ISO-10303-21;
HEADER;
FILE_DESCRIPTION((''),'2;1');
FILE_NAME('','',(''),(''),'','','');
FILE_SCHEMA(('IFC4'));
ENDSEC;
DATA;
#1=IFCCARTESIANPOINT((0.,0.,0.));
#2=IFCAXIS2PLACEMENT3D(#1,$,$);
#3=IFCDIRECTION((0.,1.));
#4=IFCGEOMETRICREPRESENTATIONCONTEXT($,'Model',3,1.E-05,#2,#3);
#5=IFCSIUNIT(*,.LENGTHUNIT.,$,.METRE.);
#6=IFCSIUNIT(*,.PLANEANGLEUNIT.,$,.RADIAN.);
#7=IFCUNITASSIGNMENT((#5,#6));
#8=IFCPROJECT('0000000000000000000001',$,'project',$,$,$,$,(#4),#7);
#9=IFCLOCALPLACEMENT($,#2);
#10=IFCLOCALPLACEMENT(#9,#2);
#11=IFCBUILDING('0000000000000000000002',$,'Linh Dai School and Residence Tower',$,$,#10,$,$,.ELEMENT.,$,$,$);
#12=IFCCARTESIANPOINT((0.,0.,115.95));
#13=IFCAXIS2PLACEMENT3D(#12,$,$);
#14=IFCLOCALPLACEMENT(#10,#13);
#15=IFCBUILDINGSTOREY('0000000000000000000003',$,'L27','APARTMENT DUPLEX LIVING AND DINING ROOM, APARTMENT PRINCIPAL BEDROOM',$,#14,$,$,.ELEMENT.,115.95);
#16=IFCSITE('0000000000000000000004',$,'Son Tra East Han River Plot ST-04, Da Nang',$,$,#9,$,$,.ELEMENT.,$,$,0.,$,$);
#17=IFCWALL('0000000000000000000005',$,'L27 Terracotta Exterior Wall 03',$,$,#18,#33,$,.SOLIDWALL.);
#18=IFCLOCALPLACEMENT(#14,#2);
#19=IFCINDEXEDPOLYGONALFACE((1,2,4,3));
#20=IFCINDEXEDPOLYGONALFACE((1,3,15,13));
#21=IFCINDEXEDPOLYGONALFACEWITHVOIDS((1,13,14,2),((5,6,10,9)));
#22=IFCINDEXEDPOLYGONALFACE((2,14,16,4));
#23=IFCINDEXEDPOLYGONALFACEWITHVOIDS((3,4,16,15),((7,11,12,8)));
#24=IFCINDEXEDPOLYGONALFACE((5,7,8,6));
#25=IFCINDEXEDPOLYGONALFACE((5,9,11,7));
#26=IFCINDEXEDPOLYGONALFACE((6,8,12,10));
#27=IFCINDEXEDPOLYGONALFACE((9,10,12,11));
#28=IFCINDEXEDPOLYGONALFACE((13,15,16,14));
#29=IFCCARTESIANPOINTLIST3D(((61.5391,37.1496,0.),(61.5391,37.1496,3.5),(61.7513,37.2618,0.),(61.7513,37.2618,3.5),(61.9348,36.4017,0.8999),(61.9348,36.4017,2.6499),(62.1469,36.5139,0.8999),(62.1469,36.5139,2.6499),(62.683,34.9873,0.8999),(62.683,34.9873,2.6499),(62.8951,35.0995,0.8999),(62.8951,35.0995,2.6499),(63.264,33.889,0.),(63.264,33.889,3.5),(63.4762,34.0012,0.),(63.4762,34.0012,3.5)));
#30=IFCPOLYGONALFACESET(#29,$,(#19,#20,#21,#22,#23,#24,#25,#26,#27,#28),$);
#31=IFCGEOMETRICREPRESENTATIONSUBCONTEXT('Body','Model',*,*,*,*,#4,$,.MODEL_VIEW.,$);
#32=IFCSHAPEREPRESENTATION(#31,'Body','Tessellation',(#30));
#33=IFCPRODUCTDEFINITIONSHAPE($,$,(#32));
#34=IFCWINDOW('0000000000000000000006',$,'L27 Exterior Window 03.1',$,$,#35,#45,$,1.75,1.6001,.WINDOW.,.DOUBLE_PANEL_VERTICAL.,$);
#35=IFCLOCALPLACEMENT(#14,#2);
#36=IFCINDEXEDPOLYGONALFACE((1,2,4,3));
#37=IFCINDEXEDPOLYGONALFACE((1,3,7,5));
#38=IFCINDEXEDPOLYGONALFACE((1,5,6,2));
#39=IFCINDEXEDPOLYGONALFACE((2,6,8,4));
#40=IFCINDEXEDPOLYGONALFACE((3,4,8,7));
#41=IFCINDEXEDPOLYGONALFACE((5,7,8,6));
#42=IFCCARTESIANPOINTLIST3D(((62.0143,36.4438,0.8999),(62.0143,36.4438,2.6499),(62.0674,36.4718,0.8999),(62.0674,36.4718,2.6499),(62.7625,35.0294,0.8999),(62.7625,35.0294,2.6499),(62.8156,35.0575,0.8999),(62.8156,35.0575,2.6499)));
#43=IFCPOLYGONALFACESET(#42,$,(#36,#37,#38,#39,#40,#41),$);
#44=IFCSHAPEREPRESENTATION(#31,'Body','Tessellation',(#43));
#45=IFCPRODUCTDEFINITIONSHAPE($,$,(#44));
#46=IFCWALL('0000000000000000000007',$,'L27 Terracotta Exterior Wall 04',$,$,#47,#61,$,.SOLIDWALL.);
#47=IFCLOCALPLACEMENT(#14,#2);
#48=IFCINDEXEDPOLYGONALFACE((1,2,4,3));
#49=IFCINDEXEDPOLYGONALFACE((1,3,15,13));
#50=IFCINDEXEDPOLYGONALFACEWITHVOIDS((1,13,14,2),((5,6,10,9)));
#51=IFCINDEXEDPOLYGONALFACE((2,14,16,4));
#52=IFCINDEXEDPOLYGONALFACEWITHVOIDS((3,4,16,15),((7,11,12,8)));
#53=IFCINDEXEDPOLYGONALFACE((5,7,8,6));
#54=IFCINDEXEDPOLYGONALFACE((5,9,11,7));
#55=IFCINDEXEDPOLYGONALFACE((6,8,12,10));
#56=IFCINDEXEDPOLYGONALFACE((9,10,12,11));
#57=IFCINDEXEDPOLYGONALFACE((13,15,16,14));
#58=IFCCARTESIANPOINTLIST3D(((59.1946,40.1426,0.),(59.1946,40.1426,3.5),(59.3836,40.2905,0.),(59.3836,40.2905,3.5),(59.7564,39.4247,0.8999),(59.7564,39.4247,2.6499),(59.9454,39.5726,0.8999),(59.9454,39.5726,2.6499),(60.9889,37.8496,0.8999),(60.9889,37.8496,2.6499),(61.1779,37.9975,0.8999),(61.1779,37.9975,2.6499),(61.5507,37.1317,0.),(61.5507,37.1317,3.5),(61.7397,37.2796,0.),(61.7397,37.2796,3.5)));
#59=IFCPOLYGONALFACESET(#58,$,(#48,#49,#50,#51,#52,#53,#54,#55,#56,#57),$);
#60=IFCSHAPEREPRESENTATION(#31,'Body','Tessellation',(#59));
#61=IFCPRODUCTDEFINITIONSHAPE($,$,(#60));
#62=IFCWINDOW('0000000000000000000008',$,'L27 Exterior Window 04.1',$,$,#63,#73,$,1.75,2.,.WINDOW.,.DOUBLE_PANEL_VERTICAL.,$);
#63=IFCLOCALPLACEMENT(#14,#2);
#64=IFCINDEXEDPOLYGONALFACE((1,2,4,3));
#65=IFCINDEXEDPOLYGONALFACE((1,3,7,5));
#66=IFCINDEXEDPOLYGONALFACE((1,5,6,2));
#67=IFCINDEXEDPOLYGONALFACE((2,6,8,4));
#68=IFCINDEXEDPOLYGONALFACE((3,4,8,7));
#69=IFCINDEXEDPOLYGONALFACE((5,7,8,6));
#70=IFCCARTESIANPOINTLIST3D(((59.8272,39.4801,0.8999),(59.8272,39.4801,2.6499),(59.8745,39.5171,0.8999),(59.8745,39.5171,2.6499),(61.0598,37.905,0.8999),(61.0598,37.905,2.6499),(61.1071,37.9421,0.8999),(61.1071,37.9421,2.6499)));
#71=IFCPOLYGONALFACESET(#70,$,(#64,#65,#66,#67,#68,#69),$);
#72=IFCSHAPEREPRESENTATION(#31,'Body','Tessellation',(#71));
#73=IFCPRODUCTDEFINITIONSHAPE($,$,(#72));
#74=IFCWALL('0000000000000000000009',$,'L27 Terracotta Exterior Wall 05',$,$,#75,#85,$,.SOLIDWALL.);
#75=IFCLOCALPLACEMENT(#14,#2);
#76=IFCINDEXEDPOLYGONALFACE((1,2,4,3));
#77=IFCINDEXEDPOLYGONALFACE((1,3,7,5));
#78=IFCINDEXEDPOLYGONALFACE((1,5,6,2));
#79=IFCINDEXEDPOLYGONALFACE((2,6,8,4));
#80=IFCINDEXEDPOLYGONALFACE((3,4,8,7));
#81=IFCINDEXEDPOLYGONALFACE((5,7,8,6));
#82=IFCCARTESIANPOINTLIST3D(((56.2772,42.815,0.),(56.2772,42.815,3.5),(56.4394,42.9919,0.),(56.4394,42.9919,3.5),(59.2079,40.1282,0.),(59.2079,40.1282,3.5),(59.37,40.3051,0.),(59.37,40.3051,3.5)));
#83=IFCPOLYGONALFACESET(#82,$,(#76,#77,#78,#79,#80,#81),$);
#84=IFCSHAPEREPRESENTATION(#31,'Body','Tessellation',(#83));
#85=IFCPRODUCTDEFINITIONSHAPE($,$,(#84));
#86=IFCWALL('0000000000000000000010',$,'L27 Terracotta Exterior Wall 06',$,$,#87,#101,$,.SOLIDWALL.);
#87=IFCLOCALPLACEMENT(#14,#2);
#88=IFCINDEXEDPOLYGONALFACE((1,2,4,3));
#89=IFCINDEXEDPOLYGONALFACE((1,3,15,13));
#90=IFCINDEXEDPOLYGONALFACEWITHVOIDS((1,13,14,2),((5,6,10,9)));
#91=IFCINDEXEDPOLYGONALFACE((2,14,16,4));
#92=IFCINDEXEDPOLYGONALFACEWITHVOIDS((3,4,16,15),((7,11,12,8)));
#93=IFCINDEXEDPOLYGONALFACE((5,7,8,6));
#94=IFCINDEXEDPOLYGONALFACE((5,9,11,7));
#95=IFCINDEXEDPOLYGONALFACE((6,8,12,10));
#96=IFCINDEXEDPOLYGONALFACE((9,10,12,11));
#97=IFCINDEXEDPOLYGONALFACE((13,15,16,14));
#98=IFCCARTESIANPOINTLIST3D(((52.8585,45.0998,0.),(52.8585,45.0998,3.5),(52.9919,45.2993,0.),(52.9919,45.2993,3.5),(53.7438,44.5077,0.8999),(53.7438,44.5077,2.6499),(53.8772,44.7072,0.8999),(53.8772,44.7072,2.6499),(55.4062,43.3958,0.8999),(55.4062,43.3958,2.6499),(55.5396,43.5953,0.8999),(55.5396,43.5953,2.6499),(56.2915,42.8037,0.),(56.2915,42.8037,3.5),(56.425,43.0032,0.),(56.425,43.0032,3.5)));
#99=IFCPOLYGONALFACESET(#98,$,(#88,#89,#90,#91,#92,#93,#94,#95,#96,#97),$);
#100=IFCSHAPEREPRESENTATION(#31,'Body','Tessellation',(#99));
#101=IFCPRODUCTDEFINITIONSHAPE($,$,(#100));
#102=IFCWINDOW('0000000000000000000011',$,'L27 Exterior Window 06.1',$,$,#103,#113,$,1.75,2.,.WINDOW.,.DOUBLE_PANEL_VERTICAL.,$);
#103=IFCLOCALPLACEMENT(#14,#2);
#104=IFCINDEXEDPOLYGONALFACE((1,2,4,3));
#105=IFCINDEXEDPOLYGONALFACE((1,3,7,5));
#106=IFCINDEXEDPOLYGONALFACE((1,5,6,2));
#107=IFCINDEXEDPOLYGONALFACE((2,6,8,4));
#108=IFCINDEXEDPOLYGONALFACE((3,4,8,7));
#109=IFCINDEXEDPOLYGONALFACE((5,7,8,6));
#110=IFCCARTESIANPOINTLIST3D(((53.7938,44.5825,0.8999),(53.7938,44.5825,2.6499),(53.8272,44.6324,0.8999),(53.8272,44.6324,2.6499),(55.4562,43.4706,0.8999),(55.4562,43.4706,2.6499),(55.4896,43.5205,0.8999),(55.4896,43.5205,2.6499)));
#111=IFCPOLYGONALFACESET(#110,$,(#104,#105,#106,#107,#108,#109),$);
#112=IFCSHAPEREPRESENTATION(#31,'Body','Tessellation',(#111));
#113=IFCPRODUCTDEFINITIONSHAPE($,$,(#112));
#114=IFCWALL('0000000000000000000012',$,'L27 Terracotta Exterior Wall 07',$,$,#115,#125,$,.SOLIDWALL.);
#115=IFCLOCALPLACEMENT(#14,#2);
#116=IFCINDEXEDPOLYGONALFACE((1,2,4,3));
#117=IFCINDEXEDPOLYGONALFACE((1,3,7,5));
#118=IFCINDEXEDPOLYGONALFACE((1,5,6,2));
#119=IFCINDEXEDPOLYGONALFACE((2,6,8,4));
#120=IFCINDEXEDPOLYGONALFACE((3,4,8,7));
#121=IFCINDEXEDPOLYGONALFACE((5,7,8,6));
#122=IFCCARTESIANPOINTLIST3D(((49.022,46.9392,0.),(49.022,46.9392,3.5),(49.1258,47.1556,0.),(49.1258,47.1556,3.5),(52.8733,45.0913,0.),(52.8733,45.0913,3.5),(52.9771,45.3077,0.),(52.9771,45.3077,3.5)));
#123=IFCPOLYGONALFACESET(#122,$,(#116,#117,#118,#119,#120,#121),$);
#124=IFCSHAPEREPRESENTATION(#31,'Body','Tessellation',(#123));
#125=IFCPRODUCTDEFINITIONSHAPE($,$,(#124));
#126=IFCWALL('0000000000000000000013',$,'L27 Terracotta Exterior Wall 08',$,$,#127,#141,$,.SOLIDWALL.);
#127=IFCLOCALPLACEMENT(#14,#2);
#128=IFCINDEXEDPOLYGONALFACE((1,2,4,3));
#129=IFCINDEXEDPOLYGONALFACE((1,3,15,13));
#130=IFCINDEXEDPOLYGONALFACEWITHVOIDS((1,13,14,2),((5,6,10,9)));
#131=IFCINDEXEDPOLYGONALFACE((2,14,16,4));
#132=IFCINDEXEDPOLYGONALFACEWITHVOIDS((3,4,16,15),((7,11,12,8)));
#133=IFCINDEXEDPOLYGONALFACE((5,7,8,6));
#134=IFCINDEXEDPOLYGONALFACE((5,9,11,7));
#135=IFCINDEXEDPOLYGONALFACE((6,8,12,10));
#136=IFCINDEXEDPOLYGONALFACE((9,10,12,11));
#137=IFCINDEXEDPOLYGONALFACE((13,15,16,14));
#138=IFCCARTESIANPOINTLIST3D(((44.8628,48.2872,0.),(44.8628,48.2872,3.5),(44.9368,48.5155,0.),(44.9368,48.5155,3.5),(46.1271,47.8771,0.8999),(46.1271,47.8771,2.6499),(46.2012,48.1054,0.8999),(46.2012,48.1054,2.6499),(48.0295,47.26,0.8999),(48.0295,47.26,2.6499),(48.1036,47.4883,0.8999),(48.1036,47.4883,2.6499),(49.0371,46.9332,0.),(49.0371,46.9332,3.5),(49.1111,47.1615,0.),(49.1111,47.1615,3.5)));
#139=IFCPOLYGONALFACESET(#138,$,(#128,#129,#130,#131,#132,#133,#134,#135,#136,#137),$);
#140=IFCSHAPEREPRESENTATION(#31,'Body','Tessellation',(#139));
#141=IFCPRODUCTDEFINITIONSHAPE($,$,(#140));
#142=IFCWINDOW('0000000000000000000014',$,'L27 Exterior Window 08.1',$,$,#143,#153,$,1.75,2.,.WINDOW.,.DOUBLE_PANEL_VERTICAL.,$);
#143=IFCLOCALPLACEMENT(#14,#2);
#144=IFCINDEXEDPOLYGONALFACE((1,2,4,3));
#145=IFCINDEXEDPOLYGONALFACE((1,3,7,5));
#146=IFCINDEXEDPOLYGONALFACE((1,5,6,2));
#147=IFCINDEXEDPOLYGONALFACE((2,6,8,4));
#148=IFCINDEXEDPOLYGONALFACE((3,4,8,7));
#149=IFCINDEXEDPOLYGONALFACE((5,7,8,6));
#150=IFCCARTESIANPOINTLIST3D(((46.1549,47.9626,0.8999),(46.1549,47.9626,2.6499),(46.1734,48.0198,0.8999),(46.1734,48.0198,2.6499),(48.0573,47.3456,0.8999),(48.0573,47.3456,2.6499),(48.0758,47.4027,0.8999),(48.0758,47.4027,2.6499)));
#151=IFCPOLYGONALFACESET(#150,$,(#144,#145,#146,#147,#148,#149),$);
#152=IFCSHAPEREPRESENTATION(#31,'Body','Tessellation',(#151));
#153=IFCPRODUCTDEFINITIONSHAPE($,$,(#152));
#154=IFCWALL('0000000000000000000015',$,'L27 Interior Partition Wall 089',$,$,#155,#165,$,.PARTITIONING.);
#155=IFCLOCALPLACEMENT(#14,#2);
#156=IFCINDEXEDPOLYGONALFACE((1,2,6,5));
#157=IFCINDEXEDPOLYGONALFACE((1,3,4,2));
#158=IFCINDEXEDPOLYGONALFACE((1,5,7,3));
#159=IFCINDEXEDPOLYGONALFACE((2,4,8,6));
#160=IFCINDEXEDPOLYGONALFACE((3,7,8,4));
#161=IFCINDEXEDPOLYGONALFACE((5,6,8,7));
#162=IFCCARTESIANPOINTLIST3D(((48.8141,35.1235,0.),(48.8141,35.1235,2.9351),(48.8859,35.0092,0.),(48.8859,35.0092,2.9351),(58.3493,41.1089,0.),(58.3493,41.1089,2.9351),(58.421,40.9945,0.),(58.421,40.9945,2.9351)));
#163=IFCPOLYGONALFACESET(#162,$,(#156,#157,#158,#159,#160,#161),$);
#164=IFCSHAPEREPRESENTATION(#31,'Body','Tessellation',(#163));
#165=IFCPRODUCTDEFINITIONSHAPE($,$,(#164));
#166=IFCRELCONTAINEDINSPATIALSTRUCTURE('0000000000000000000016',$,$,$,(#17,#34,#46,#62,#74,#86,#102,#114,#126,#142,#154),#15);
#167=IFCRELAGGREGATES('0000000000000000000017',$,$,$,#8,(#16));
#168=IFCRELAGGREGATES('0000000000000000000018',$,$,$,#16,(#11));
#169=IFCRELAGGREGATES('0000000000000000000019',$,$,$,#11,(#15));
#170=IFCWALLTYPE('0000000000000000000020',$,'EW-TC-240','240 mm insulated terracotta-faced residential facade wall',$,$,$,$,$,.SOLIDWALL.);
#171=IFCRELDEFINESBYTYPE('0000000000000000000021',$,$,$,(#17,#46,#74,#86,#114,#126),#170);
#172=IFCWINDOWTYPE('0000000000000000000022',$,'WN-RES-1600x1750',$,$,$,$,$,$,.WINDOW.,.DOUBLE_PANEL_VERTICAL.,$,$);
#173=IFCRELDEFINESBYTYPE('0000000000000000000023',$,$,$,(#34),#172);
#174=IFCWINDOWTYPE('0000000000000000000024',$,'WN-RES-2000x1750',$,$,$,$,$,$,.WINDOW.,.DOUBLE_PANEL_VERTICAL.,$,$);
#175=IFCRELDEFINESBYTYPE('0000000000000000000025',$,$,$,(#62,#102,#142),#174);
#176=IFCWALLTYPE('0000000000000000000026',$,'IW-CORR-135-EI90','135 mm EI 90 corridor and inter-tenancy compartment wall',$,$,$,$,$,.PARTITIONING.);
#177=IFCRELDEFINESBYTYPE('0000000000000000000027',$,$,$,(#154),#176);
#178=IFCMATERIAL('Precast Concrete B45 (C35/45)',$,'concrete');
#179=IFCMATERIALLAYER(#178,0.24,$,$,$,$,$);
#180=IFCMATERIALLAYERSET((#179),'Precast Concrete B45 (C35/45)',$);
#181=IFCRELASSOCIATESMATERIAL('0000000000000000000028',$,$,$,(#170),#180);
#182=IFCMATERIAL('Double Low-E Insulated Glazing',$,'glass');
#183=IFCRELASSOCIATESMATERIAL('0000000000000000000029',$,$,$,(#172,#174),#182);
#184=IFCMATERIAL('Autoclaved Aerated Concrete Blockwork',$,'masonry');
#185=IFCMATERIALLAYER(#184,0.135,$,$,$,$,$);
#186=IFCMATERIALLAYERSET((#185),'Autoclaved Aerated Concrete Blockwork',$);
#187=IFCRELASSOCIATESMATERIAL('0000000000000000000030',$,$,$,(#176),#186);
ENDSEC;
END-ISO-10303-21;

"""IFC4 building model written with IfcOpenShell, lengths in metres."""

from ifc_helpers import new_model, si_unit, direction, frame, frame_2d, origin, origin_2d, place, context, subcontext, project, spatial, rectangle, extrude, source, transform, mapped, material, layer, layer_set, type_object, element, fill, save


model = new_model("IFC4")

# Units and contexts
model_context = context("Model", 3, precision=1e-05, world=origin(), true_north=direction((0.0, 1.0)))
body_context = subcontext(model_context, "Body", "Model", "MODEL_VIEW")
ifc_project = project(units=[si_unit("LENGTHUNIT", "METRE"), si_unit("PLANEANGLEUNIT", "RADIAN")], contexts=[model_context])

# Site, building, storey
site_placement = place(None, origin())
site = spatial("IfcSite", under=ifc_project, at=site_placement, Name="Son Tra East Han River Plot ST-04, Da Nang", CompositionType="ELEMENT", RefElevation=0.0)
building_placement = place(site_placement, origin())
building = spatial("IfcBuilding", under=site, at=building_placement, Name="Linh Dai School and Residence Tower", CompositionType="ELEMENT")
storey_placement = place(building_placement, frame((0.0, 0.0, 115.95)))
storey = spatial("IfcBuildingStorey", under=building, at=storey_placement, Name="L27", Description="APARTMENT DUPLEX LIVING AND DINING ROOM, APARTMENT PRINCIPAL BEDROOM", CompositionType="ELEMENT", Elevation=115.95)

# Shared definitions
ifc_material_1 = material(Name="Precast Concrete B45 (C35/45)", Category="concrete")

# Walls, openings, windows
ifc_layer_1 = layer(ifc_material_1, 0.24)
ifc_layer_set_1 = layer_set([ifc_layer_1], Name="Precast Concrete B45 (C35/45)")
wall_type_1 = type_object("IfcWallType", Name="EW-TC-240", Description="240 mm insulated terracotta-faced residential facade wall", PredefinedType="SOLIDWALL", material=ifc_layer_set_1)
wall_1_placement = place(storey_placement, frame((61.6453, 37.2056, 0.0), z_axis=(0.0, 0.0, 1.0), x_axis=(0.467614, -0.883933, 0.0)))
wall_1 = element("IfcWall", 1, at=wall_1_placement, inside=storey, type_object=wall_type_1, Name="L27 Terracotta Exterior Wall 03", PredefinedType="SOLIDWALL", context=body_context, shape_type="SweptSolid", body=[
    extrude(rectangle(XDim=3.6887, YDim=0.24, at=frame_2d((1.8442, 0.0))), origin(), (0.0, 0.0, 1.0), 3.5),
])
opening_1_placement = place(wall_1_placement, frame((0.8459, 0.0, 0.8999)))
opening_1 = element("IfcOpeningElement", 2, at=opening_1_placement, cuts=wall_1, PredefinedType="OPENING", context=body_context, shape_type="SweptSolid", body=[
    extrude(rectangle(XDim=1.6001, YDim=1.75, at=origin_2d()), frame((0.8, 0.1299, 0.875), z_axis=(0.0, -1.0, 0.0), x_axis=(1.0, 0.0, 0.0)), (0.0, 0.0, 1.0), 0.26),
])
ifc_material_2 = material(Name="Double Low-E Insulated Glazing", Category="glass")
window_type_1 = type_object("IfcWindowType", Name="WN-RES-1600x1750", PartitioningType="DOUBLE_PANEL_VERTICAL", PredefinedType="WINDOW", material=ifc_material_2)
shared_shape_1 = source(origin(), body_context, "Body", "SweptSolid", [
    extrude(rectangle(XDim=1.6001, YDim=1.75, at=origin_2d()), frame((0.8, 0.03, 0.875), z_axis=(0.0, -1.0, 0.0), x_axis=(1.0, 0.0, 0.0)), (0.0, 0.0, 1.0), 0.0601),
])
window_1_placement = place(opening_1_placement, origin())
window_1 = element("IfcWindow", 3, at=window_1_placement, inside=storey, type_object=window_type_1, Name="L27 Exterior Window 03.1", OverallHeight=1.75, OverallWidth=1.6001, PartitioningType="DOUBLE_PANEL_VERTICAL", PredefinedType="WINDOW", context=body_context, shape_type="MappedRepresentation", body=[
    mapped(shared_shape_1, transform((0.0, 0.0, 0.0), x_axis=(1.0, 0.0, 0.0), y_axis=(0.0, 1.0, 0.0), z_axis=(0.0, 0.0, 1.0), scale=1.0)),
])
fill(opening_1, window_1)
wall_2_placement = place(storey_placement, frame((59.2891, 40.2166, 0.0), z_axis=(0.0, 0.0, 1.0), x_axis=(0.616272, -0.787533, 0.0)))
wall_2 = element("IfcWall", 4, at=wall_2_placement, inside=storey, type_object=wall_type_1, Name="L27 Terracotta Exterior Wall 04", PredefinedType="SOLIDWALL", context=body_context, shape_type="SweptSolid", body=[
    extrude(rectangle(XDim=3.8232, YDim=0.24, at=frame_2d((1.9116, 0.0))), origin(), (0.0, 0.0, 1.0), 3.5),
])
opening_2_placement = place(wall_2_placement, frame((0.9116, 0.0, 0.8999)))
opening_2 = element("IfcOpeningElement", 5, at=opening_2_placement, cuts=wall_2, PredefinedType="OPENING", context=body_context, shape_type="SweptSolid", body=[
    extrude(rectangle(XDim=2.0, YDim=1.75, at=origin_2d()), frame((1.0, 0.1299, 0.875), z_axis=(0.0, -1.0, 0.0), x_axis=(1.0, 0.0, 0.0)), (0.0, 0.0, 1.0), 0.26),
])
window_type_2 = type_object("IfcWindowType", Name="WN-RES-2000x1750", PartitioningType="DOUBLE_PANEL_VERTICAL", PredefinedType="WINDOW", material=ifc_material_2)
shared_shape_2 = source(origin(), body_context, "Body", "SweptSolid", [
    extrude(rectangle(XDim=2.0, YDim=1.75, at=origin_2d()), frame((1.0, 0.03, 0.875), z_axis=(0.0, -1.0, 0.0), x_axis=(1.0, 0.0, 0.0)), (0.0, 0.0, 1.0), 0.0601),
])
window_2_placement = place(opening_2_placement, origin())
window_2 = element("IfcWindow", 6, at=window_2_placement, inside=storey, type_object=window_type_2, Name="L27 Exterior Window 04.1", OverallHeight=1.75, OverallWidth=2.0, PartitioningType="DOUBLE_PANEL_VERTICAL", PredefinedType="WINDOW", context=body_context, shape_type="MappedRepresentation", body=[
    mapped(shared_shape_2, transform((0.0, 0.0, 0.0), x_axis=(1.0, 0.0, 0.0), y_axis=(0.0, 1.0, 0.0), z_axis=(0.0, 0.0, 1.0), scale=1.0)),
])
fill(opening_2, window_2)

# Wall
wall_3_placement = place(storey_placement, frame((56.3584, 42.9033, 0.0), z_axis=(0.0, 0.0, 1.0), x_axis=(0.737113, -0.675769, 0.0)))
element("IfcWall", 7, at=wall_3_placement, inside=storey, type_object=wall_type_1, Name="L27 Terracotta Exterior Wall 05", PredefinedType="SOLIDWALL", context=body_context, shape_type="SweptSolid", body=[
    extrude(rectangle(XDim=3.9758, YDim=0.24, at=frame_2d((1.9878, 0.0))), origin(), (0.0, 0.0, 1.0), 3.5),
])

# Wall, opening, window
wall_4_placement = place(storey_placement, frame((52.9253, 45.1995, 0.0), z_axis=(0.0, 0.0, 1.0), x_axis=(0.831222, -0.555941, 0.0)))
wall_4 = element("IfcWall", 8, at=wall_4_placement, inside=storey, type_object=wall_type_1, Name="L27 Terracotta Exterior Wall 06", PredefinedType="SOLIDWALL", context=body_context, shape_type="SweptSolid", body=[
    extrude(rectangle(XDim=4.1301, YDim=0.24, at=frame_2d((2.0649, 0.0))), origin(), (0.0, 0.0, 1.0), 3.5),
])
opening_3_placement = place(wall_4_placement, frame((1.0649, 0.0, 0.8999)))
opening_3 = element("IfcOpeningElement", 9, at=opening_3_placement, cuts=wall_4, PredefinedType="OPENING", context=body_context, shape_type="SweptSolid", body=[
    extrude(rectangle(XDim=2.0, YDim=1.75, at=origin_2d()), frame((1.0, 0.1299, 0.875), z_axis=(0.0, -1.0, 0.0), x_axis=(1.0, 0.0, 0.0)), (0.0, 0.0, 1.0), 0.26),
])
window_3_placement = place(opening_3_placement, origin())
window_3 = element("IfcWindow", 10, at=window_3_placement, inside=storey, type_object=window_type_2, Name="L27 Exterior Window 06.1", OverallHeight=1.75, OverallWidth=2.0, PartitioningType="DOUBLE_PANEL_VERTICAL", PredefinedType="WINDOW", context=body_context, shape_type="MappedRepresentation", body=[
    mapped(shared_shape_2, transform((0.0, 0.0, 0.0), x_axis=(1.0, 0.0, 0.0), y_axis=(0.0, 1.0, 0.0), z_axis=(0.0, 0.0, 1.0), scale=1.0)),
])
fill(opening_3, window_3)

# Wall
wall_5_placement = place(storey_placement, frame((49.074, 47.0474, 0.0), z_axis=(0.0, 0.0, 1.0), x_axis=(0.90159, -0.432592, 0.0)))
element("IfcWall", 11, at=wall_5_placement, inside=storey, type_object=wall_type_1, Name="L27 Terracotta Exterior Wall 07", PredefinedType="SOLIDWALL", context=body_context, shape_type="SweptSolid", body=[
    extrude(rectangle(XDim=4.2717, YDim=0.24, at=frame_2d((2.1357, 0.0))), origin(), (0.0, 0.0, 1.0), 3.5),
])

# Wall, opening, window
wall_6_placement = place(storey_placement, frame((44.8997, 48.4014, 0.0), z_axis=(0.0, 0.0, 1.0), x_axis=(0.951211, -0.30854, 0.0)))
wall_6 = element("IfcWall", 12, at=wall_6_placement, inside=storey, type_object=wall_type_1, Name="L27 Terracotta Exterior Wall 08", PredefinedType="SOLIDWALL", context=body_context, shape_type="SweptSolid", body=[
    extrude(rectangle(XDim=4.3884, YDim=0.24, at=frame_2d((2.1943, 0.0))), origin(), (0.0, 0.0, 1.0), 3.5),
])
opening_4_placement = place(wall_6_placement, frame((1.3293, 0.0, 0.8999)))
opening_4 = element("IfcOpeningElement", 13, at=opening_4_placement, cuts=wall_6, PredefinedType="OPENING", context=body_context, shape_type="SweptSolid", body=[
    extrude(rectangle(XDim=2.0, YDim=1.75, at=origin_2d()), frame((1.0, 0.1299, 0.875), z_axis=(0.0, -1.0, 0.0), x_axis=(1.0, 0.0, 0.0)), (0.0, 0.0, 1.0), 0.26),
])
window_4_placement = place(opening_4_placement, origin())
window_4 = element("IfcWindow", 14, at=window_4_placement, inside=storey, type_object=window_type_2, Name="L27 Exterior Window 08.1", OverallHeight=1.75, OverallWidth=2.0, PartitioningType="DOUBLE_PANEL_VERTICAL", PredefinedType="WINDOW", context=body_context, shape_type="MappedRepresentation", body=[
    mapped(shared_shape_2, transform((0.0, 0.0, 0.0), x_axis=(1.0, 0.0, 0.0), y_axis=(0.0, 1.0, 0.0), z_axis=(0.0, 0.0, 1.0), scale=1.0)),
])
fill(opening_4, window_4)

# Wall
ifc_material_3 = material(Name="Autoclaved Aerated Concrete Blockwork", Category="masonry")
ifc_layer_2 = layer(ifc_material_3, 0.135)
ifc_layer_set_2 = layer_set([ifc_layer_2], Name="Autoclaved Aerated Concrete Blockwork")
wall_type_2 = type_object("IfcWallType", Name="IW-CORR-135-EI90", Description="135 mm EI 90 corridor and inter-tenancy compartment wall", PredefinedType="PARTITIONING", material=ifc_layer_set_2)
wall_7_placement = place(storey_placement, frame((48.8501, 35.0664, 0.0), z_axis=(0.0, 0.0, 1.0), x_axis=(0.846964, 0.531651, 0.0)))
element("IfcWall", 15, at=wall_7_placement, inside=storey, type_object=wall_type_2, Name="L27 Interior Partition Wall 089", PredefinedType="PARTITIONING", context=body_context, shape_type="SweptSolid", body=[
    extrude(rectangle(XDim=11.2581, YDim=0.135, at=frame_2d((5.6289, 0.0))), origin(), (0.0, 0.0, 1.0), 2.9351),
])

save(model, "model.ifc")
